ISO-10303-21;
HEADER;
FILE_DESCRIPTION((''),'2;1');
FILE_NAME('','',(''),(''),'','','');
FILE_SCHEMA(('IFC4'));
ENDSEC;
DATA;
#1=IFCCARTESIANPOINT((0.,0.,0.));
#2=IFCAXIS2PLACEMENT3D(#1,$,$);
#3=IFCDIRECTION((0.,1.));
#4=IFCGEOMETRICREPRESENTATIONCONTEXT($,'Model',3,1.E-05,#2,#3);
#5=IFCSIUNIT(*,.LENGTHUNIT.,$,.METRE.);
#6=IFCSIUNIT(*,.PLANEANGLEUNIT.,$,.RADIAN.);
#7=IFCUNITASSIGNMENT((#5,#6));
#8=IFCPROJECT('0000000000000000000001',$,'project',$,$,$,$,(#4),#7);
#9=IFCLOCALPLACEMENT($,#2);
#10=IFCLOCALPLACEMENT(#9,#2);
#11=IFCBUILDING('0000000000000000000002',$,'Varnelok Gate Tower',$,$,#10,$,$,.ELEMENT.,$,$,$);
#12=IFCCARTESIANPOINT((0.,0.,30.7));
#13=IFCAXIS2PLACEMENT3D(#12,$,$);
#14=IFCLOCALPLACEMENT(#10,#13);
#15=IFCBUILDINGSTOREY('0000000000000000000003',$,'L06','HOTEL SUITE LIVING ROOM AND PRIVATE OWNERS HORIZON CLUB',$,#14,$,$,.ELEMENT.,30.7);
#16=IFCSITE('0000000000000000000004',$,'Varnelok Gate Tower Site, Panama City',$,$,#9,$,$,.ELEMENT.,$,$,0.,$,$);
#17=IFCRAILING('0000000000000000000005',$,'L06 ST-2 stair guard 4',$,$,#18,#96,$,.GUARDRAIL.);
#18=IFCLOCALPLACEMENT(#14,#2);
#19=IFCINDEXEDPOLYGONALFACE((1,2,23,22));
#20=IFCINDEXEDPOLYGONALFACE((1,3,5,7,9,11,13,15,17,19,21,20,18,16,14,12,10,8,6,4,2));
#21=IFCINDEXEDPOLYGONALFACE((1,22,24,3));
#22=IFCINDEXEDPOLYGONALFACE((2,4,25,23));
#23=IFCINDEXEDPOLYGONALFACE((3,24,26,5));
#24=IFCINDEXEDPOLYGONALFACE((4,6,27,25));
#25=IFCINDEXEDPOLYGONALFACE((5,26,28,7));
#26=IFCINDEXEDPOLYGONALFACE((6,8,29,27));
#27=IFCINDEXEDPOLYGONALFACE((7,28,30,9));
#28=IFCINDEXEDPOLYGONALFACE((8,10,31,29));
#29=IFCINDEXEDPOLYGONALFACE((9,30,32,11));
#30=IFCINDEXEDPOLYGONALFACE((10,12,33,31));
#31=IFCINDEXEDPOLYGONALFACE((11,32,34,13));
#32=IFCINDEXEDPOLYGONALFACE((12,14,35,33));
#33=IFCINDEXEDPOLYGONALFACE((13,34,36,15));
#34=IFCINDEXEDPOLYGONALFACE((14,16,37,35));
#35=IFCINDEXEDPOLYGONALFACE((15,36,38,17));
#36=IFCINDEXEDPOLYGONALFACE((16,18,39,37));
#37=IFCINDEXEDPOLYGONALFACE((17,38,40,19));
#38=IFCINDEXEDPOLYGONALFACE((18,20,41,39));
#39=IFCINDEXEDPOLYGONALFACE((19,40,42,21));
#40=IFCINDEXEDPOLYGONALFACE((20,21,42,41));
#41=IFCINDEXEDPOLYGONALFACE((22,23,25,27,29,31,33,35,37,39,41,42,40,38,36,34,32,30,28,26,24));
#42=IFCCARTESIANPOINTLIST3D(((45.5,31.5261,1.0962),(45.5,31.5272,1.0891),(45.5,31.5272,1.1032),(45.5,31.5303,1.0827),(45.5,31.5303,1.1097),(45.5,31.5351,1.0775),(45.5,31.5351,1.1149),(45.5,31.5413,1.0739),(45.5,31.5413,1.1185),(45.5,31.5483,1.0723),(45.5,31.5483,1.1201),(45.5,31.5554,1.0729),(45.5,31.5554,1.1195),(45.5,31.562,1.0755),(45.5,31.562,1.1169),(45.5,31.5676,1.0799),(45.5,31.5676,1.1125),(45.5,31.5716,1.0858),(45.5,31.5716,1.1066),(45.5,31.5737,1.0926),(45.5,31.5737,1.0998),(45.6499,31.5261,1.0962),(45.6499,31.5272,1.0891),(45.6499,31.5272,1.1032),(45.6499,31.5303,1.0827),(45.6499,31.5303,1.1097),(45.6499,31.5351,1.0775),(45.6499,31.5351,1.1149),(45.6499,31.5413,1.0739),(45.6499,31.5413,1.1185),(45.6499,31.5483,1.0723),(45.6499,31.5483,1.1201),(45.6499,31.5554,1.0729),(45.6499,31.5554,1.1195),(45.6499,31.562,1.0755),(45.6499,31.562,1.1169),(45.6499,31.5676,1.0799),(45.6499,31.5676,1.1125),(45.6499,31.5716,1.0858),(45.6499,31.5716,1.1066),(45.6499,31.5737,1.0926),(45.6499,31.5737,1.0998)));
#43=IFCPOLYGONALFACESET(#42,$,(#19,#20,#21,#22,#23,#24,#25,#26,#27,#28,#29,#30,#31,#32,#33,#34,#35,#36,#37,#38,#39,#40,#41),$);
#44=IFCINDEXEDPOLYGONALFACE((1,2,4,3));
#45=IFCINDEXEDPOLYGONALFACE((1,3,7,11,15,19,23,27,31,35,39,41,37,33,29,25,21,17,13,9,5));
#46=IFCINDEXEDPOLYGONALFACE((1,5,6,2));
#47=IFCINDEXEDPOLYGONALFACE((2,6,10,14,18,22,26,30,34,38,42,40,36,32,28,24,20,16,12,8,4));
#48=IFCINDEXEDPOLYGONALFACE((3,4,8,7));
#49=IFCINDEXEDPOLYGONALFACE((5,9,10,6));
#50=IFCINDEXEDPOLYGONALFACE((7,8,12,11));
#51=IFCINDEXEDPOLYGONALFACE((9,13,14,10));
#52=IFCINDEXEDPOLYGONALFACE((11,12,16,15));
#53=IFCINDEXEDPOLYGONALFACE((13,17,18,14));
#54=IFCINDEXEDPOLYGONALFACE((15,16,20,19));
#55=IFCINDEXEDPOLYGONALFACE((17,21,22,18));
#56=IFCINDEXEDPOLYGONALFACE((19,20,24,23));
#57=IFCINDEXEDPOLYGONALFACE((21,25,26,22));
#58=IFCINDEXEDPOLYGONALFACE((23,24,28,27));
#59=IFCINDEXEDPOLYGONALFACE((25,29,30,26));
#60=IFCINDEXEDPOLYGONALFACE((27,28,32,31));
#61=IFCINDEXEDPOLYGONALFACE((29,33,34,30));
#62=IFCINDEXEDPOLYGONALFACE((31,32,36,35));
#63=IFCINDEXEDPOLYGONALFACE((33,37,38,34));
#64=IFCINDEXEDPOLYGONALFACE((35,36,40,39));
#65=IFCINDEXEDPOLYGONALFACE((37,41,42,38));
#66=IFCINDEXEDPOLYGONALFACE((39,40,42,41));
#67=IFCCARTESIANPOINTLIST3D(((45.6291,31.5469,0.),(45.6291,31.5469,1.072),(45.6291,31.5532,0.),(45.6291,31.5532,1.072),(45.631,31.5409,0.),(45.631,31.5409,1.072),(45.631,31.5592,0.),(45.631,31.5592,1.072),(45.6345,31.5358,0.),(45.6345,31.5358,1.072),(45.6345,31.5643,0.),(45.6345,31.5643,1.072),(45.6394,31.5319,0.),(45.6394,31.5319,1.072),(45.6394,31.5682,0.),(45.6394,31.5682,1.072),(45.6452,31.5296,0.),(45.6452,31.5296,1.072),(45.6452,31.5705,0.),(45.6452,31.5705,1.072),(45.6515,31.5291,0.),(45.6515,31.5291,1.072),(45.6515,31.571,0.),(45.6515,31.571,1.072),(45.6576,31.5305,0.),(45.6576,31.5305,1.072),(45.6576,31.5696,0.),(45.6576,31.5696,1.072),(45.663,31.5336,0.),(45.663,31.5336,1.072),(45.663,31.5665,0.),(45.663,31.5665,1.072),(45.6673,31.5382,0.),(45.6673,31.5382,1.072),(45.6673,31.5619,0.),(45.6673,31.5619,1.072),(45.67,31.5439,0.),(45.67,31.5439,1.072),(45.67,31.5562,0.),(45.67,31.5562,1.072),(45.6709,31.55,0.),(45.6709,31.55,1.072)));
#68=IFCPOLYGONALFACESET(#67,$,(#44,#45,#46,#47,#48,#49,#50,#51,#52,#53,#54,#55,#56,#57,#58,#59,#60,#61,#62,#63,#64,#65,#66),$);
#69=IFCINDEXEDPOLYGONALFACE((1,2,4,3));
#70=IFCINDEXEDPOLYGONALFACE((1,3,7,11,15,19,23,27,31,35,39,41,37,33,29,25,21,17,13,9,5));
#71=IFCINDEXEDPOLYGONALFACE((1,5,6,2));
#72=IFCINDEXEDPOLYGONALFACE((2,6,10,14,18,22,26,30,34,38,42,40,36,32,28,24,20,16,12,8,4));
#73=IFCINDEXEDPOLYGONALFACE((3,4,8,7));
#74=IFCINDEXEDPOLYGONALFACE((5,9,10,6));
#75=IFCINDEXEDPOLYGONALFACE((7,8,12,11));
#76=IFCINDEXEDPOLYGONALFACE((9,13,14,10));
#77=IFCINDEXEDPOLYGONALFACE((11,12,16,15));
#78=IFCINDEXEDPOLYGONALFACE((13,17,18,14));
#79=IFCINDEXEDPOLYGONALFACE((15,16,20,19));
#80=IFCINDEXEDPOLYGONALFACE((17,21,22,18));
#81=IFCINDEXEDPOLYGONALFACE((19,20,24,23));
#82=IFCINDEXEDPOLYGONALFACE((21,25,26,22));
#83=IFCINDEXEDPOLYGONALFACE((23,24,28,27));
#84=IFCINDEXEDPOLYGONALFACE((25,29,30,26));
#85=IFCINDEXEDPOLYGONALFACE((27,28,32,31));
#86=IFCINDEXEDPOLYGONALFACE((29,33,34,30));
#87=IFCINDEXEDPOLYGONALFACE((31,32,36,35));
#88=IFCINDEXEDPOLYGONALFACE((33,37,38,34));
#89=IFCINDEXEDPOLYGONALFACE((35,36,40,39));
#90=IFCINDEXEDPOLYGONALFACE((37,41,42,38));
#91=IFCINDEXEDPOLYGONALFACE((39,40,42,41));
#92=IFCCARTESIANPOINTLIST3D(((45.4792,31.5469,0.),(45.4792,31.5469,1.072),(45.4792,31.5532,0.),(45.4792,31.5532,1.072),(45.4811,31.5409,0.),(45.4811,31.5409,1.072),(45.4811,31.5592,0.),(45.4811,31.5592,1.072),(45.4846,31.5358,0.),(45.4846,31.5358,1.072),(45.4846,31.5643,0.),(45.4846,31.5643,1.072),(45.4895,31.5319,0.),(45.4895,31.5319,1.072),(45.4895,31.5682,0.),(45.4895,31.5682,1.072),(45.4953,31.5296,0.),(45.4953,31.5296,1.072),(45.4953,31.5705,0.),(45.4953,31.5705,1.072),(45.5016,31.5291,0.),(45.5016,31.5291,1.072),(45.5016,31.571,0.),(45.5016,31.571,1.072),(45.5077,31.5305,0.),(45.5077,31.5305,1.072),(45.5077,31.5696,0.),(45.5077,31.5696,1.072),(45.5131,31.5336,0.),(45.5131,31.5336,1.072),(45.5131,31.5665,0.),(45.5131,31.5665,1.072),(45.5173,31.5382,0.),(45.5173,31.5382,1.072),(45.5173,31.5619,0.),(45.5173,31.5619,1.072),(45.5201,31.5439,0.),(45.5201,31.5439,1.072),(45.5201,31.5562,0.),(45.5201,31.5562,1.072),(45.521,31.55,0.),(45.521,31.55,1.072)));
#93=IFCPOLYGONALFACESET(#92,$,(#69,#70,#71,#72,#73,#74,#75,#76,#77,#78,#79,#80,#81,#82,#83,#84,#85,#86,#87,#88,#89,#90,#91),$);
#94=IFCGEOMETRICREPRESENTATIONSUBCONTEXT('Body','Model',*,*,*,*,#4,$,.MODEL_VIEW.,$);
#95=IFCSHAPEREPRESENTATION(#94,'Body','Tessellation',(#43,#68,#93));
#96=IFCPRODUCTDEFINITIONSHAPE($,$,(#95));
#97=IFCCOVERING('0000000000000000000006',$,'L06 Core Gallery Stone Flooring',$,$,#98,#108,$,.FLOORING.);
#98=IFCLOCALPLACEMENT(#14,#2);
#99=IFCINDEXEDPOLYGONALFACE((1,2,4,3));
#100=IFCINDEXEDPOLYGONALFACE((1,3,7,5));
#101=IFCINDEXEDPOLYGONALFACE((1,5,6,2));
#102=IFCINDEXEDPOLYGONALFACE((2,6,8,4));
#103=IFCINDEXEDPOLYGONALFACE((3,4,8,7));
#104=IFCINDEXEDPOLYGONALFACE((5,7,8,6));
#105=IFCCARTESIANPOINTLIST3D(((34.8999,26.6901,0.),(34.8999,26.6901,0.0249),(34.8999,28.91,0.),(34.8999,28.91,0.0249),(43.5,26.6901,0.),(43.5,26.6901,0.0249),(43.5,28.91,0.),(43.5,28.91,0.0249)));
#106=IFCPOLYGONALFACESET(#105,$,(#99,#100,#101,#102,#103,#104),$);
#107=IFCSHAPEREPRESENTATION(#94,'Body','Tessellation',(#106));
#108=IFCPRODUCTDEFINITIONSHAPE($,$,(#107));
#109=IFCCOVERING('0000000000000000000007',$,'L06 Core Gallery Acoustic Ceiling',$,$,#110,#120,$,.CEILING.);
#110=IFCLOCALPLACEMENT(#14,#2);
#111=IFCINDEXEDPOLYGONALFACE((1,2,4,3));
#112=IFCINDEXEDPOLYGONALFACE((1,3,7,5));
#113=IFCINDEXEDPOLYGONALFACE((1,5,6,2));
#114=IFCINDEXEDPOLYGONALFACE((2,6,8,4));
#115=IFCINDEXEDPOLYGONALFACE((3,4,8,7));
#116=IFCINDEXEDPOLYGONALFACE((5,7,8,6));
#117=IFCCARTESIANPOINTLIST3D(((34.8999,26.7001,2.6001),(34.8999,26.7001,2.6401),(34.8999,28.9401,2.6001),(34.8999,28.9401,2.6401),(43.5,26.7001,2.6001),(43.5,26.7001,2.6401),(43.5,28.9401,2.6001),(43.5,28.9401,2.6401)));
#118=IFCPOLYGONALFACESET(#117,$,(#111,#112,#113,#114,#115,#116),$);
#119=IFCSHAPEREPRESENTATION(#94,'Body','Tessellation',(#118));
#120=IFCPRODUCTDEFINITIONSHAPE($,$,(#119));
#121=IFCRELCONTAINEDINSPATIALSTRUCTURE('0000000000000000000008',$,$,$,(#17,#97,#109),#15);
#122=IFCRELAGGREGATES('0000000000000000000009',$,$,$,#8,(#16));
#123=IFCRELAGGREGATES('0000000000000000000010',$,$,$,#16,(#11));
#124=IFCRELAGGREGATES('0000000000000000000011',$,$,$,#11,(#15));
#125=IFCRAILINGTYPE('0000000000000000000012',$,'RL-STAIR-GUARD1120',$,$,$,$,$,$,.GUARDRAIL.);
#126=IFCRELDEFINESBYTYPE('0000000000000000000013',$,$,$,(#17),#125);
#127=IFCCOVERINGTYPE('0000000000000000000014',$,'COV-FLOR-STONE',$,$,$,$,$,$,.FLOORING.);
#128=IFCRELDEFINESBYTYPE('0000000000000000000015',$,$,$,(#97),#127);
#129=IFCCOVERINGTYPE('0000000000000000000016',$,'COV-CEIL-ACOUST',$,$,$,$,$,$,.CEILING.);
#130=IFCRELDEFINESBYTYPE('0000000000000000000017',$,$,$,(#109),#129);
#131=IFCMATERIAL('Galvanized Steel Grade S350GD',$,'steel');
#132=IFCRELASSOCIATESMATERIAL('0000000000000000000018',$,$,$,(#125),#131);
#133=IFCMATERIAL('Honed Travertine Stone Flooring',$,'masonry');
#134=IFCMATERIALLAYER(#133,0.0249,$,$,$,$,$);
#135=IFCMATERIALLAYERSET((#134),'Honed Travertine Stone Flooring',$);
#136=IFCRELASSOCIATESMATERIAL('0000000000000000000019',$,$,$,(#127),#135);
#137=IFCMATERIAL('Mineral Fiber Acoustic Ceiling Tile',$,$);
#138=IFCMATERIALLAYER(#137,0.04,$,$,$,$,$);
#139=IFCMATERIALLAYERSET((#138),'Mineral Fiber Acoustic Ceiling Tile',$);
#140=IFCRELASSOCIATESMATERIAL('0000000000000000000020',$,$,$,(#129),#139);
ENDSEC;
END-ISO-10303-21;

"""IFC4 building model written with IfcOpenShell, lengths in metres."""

from ifc_helpers import new_model, si_unit, direction, frame, origin, origin_2d, place, context, subcontext, project, spatial, rectangle, circle, extrude, source, transform, mapped, material, layer, layer_set, type_object, element, save


model = new_model("IFC4")

# Units and contexts
model_context = context("Model", 3, precision=1e-05, world=origin(), true_north=direction((0.0, 1.0)))
body_context = subcontext(model_context, "Body", "Model", "MODEL_VIEW")
ifc_project = project(units=[si_unit("LENGTHUNIT", "METRE"), si_unit("PLANEANGLEUNIT", "RADIAN")], contexts=[model_context])

# Site, building, storey
site_placement = place(None, origin())
site = spatial("IfcSite", under=ifc_project, at=site_placement, Name="Varnelok Gate Tower Site, Panama City", CompositionType="ELEMENT", RefElevation=0.0)
building_placement = place(site_placement, origin())
building = spatial("IfcBuilding", under=site, at=building_placement, Name="Varnelok Gate Tower", CompositionType="ELEMENT")
storey_placement = place(building_placement, frame((0.0, 0.0, 30.7)))
storey = spatial("IfcBuildingStorey", under=building, at=storey_placement, Name="L06", Description="HOTEL SUITE LIVING ROOM AND PRIVATE OWNERS HORIZON CLUB", CompositionType="ELEMENT", Elevation=30.7)

# Shared definitions
ifc_material_1 = material(Name="Galvanized Steel Grade S350GD", Category="steel")

# Railing
railing_type_1 = type_object("IfcRailingType", Name="RL-STAIR-GUARD1120", PredefinedType="GUARDRAIL", material=ifc_material_1)
railing_1_placement = place(storey_placement, frame((45.6499, 31.55, 0.0)))
element("IfcRailing", 1, at=railing_1_placement, inside=storey, type_object=railing_type_1, Name="L06 ST-2 stair guard 4", PredefinedType="GUARDRAIL", context=body_context, shape_type="SweptSolid", body=[
    extrude(circle(Radius=0.0239, at=origin_2d()), frame((0.0, 0.0, 1.0962), z_axis=(-1.0, 0.0, 0.0), x_axis=(0.0, -1.0, 0.0)), (0.0, 0.0, 1.0), 0.1499),
    extrude(circle(Radius=0.021, at=origin_2d()), origin(), (0.0, 0.0, 1.0), 1.072),
    extrude(circle(Radius=0.021, at=origin_2d()), frame((-0.1499, 0.0, 0.0)), (0.0, 0.0, 1.0), 1.072),
])

# Coverings
ifc_material_2 = material(Name="Honed Travertine Stone Flooring", Category="masonry")
ifc_layer_1 = layer(ifc_material_2, 0.0249)
ifc_layer_set_1 = layer_set([ifc_layer_1], Name="Honed Travertine Stone Flooring")
covering_type_1 = type_object("IfcCoveringType", Name="COV-FLOR-STONE", PredefinedType="FLOORING", material=ifc_layer_set_1)
shared_shape_1 = source(origin(), body_context, "Body", "SweptSolid", [
    extrude(rectangle(XDim=8.6001, YDim=2.22, at=origin_2d()), origin(), (0.0, 0.0, 1.0), 0.0249),
])
covering_1_placement = place(storey_placement, frame((39.2, 27.8, 0.0), z_axis=(0.0, 0.0, 1.0), x_axis=(1.0, 0.0, 0.0)))
element("IfcCovering", 2, at=covering_1_placement, inside=storey, type_object=covering_type_1, Name="L06 Core Gallery Stone Flooring", PredefinedType="FLOORING", context=body_context, shape_type="MappedRepresentation", body=[
    mapped(shared_shape_1, transform((0.0, 0.0, 0.0), scale=1.0)),
])
ifc_material_3 = material(Name="Mineral Fiber Acoustic Ceiling Tile")
ifc_layer_2 = layer(ifc_material_3, 0.04)
ifc_layer_set_2 = layer_set([ifc_layer_2], Name="Mineral Fiber Acoustic Ceiling Tile")
covering_type_2 = type_object("IfcCoveringType", Name="COV-CEIL-ACOUST", PredefinedType="CEILING", material=ifc_layer_set_2)
shared_shape_2 = source(origin(), body_context, "Body", "SweptSolid", [
    extrude(rectangle(XDim=8.6001, YDim=2.24, at=origin_2d()), origin(), (0.0, 0.0, 1.0), 0.04),
])
covering_2_placement = place(storey_placement, frame((39.2, 27.8201, 2.6001), z_axis=(0.0, 0.0, 1.0), x_axis=(1.0, 0.0, 0.0)))
element("IfcCovering", 3, at=covering_2_placement, inside=storey, type_object=covering_type_2, Name="L06 Core Gallery Acoustic Ceiling", PredefinedType="CEILING", context=body_context, shape_type="MappedRepresentation", body=[
    mapped(shared_shape_2, transform((0.0, 0.0, 0.0), scale=1.0)),
])

save(model, "model.ifc")
